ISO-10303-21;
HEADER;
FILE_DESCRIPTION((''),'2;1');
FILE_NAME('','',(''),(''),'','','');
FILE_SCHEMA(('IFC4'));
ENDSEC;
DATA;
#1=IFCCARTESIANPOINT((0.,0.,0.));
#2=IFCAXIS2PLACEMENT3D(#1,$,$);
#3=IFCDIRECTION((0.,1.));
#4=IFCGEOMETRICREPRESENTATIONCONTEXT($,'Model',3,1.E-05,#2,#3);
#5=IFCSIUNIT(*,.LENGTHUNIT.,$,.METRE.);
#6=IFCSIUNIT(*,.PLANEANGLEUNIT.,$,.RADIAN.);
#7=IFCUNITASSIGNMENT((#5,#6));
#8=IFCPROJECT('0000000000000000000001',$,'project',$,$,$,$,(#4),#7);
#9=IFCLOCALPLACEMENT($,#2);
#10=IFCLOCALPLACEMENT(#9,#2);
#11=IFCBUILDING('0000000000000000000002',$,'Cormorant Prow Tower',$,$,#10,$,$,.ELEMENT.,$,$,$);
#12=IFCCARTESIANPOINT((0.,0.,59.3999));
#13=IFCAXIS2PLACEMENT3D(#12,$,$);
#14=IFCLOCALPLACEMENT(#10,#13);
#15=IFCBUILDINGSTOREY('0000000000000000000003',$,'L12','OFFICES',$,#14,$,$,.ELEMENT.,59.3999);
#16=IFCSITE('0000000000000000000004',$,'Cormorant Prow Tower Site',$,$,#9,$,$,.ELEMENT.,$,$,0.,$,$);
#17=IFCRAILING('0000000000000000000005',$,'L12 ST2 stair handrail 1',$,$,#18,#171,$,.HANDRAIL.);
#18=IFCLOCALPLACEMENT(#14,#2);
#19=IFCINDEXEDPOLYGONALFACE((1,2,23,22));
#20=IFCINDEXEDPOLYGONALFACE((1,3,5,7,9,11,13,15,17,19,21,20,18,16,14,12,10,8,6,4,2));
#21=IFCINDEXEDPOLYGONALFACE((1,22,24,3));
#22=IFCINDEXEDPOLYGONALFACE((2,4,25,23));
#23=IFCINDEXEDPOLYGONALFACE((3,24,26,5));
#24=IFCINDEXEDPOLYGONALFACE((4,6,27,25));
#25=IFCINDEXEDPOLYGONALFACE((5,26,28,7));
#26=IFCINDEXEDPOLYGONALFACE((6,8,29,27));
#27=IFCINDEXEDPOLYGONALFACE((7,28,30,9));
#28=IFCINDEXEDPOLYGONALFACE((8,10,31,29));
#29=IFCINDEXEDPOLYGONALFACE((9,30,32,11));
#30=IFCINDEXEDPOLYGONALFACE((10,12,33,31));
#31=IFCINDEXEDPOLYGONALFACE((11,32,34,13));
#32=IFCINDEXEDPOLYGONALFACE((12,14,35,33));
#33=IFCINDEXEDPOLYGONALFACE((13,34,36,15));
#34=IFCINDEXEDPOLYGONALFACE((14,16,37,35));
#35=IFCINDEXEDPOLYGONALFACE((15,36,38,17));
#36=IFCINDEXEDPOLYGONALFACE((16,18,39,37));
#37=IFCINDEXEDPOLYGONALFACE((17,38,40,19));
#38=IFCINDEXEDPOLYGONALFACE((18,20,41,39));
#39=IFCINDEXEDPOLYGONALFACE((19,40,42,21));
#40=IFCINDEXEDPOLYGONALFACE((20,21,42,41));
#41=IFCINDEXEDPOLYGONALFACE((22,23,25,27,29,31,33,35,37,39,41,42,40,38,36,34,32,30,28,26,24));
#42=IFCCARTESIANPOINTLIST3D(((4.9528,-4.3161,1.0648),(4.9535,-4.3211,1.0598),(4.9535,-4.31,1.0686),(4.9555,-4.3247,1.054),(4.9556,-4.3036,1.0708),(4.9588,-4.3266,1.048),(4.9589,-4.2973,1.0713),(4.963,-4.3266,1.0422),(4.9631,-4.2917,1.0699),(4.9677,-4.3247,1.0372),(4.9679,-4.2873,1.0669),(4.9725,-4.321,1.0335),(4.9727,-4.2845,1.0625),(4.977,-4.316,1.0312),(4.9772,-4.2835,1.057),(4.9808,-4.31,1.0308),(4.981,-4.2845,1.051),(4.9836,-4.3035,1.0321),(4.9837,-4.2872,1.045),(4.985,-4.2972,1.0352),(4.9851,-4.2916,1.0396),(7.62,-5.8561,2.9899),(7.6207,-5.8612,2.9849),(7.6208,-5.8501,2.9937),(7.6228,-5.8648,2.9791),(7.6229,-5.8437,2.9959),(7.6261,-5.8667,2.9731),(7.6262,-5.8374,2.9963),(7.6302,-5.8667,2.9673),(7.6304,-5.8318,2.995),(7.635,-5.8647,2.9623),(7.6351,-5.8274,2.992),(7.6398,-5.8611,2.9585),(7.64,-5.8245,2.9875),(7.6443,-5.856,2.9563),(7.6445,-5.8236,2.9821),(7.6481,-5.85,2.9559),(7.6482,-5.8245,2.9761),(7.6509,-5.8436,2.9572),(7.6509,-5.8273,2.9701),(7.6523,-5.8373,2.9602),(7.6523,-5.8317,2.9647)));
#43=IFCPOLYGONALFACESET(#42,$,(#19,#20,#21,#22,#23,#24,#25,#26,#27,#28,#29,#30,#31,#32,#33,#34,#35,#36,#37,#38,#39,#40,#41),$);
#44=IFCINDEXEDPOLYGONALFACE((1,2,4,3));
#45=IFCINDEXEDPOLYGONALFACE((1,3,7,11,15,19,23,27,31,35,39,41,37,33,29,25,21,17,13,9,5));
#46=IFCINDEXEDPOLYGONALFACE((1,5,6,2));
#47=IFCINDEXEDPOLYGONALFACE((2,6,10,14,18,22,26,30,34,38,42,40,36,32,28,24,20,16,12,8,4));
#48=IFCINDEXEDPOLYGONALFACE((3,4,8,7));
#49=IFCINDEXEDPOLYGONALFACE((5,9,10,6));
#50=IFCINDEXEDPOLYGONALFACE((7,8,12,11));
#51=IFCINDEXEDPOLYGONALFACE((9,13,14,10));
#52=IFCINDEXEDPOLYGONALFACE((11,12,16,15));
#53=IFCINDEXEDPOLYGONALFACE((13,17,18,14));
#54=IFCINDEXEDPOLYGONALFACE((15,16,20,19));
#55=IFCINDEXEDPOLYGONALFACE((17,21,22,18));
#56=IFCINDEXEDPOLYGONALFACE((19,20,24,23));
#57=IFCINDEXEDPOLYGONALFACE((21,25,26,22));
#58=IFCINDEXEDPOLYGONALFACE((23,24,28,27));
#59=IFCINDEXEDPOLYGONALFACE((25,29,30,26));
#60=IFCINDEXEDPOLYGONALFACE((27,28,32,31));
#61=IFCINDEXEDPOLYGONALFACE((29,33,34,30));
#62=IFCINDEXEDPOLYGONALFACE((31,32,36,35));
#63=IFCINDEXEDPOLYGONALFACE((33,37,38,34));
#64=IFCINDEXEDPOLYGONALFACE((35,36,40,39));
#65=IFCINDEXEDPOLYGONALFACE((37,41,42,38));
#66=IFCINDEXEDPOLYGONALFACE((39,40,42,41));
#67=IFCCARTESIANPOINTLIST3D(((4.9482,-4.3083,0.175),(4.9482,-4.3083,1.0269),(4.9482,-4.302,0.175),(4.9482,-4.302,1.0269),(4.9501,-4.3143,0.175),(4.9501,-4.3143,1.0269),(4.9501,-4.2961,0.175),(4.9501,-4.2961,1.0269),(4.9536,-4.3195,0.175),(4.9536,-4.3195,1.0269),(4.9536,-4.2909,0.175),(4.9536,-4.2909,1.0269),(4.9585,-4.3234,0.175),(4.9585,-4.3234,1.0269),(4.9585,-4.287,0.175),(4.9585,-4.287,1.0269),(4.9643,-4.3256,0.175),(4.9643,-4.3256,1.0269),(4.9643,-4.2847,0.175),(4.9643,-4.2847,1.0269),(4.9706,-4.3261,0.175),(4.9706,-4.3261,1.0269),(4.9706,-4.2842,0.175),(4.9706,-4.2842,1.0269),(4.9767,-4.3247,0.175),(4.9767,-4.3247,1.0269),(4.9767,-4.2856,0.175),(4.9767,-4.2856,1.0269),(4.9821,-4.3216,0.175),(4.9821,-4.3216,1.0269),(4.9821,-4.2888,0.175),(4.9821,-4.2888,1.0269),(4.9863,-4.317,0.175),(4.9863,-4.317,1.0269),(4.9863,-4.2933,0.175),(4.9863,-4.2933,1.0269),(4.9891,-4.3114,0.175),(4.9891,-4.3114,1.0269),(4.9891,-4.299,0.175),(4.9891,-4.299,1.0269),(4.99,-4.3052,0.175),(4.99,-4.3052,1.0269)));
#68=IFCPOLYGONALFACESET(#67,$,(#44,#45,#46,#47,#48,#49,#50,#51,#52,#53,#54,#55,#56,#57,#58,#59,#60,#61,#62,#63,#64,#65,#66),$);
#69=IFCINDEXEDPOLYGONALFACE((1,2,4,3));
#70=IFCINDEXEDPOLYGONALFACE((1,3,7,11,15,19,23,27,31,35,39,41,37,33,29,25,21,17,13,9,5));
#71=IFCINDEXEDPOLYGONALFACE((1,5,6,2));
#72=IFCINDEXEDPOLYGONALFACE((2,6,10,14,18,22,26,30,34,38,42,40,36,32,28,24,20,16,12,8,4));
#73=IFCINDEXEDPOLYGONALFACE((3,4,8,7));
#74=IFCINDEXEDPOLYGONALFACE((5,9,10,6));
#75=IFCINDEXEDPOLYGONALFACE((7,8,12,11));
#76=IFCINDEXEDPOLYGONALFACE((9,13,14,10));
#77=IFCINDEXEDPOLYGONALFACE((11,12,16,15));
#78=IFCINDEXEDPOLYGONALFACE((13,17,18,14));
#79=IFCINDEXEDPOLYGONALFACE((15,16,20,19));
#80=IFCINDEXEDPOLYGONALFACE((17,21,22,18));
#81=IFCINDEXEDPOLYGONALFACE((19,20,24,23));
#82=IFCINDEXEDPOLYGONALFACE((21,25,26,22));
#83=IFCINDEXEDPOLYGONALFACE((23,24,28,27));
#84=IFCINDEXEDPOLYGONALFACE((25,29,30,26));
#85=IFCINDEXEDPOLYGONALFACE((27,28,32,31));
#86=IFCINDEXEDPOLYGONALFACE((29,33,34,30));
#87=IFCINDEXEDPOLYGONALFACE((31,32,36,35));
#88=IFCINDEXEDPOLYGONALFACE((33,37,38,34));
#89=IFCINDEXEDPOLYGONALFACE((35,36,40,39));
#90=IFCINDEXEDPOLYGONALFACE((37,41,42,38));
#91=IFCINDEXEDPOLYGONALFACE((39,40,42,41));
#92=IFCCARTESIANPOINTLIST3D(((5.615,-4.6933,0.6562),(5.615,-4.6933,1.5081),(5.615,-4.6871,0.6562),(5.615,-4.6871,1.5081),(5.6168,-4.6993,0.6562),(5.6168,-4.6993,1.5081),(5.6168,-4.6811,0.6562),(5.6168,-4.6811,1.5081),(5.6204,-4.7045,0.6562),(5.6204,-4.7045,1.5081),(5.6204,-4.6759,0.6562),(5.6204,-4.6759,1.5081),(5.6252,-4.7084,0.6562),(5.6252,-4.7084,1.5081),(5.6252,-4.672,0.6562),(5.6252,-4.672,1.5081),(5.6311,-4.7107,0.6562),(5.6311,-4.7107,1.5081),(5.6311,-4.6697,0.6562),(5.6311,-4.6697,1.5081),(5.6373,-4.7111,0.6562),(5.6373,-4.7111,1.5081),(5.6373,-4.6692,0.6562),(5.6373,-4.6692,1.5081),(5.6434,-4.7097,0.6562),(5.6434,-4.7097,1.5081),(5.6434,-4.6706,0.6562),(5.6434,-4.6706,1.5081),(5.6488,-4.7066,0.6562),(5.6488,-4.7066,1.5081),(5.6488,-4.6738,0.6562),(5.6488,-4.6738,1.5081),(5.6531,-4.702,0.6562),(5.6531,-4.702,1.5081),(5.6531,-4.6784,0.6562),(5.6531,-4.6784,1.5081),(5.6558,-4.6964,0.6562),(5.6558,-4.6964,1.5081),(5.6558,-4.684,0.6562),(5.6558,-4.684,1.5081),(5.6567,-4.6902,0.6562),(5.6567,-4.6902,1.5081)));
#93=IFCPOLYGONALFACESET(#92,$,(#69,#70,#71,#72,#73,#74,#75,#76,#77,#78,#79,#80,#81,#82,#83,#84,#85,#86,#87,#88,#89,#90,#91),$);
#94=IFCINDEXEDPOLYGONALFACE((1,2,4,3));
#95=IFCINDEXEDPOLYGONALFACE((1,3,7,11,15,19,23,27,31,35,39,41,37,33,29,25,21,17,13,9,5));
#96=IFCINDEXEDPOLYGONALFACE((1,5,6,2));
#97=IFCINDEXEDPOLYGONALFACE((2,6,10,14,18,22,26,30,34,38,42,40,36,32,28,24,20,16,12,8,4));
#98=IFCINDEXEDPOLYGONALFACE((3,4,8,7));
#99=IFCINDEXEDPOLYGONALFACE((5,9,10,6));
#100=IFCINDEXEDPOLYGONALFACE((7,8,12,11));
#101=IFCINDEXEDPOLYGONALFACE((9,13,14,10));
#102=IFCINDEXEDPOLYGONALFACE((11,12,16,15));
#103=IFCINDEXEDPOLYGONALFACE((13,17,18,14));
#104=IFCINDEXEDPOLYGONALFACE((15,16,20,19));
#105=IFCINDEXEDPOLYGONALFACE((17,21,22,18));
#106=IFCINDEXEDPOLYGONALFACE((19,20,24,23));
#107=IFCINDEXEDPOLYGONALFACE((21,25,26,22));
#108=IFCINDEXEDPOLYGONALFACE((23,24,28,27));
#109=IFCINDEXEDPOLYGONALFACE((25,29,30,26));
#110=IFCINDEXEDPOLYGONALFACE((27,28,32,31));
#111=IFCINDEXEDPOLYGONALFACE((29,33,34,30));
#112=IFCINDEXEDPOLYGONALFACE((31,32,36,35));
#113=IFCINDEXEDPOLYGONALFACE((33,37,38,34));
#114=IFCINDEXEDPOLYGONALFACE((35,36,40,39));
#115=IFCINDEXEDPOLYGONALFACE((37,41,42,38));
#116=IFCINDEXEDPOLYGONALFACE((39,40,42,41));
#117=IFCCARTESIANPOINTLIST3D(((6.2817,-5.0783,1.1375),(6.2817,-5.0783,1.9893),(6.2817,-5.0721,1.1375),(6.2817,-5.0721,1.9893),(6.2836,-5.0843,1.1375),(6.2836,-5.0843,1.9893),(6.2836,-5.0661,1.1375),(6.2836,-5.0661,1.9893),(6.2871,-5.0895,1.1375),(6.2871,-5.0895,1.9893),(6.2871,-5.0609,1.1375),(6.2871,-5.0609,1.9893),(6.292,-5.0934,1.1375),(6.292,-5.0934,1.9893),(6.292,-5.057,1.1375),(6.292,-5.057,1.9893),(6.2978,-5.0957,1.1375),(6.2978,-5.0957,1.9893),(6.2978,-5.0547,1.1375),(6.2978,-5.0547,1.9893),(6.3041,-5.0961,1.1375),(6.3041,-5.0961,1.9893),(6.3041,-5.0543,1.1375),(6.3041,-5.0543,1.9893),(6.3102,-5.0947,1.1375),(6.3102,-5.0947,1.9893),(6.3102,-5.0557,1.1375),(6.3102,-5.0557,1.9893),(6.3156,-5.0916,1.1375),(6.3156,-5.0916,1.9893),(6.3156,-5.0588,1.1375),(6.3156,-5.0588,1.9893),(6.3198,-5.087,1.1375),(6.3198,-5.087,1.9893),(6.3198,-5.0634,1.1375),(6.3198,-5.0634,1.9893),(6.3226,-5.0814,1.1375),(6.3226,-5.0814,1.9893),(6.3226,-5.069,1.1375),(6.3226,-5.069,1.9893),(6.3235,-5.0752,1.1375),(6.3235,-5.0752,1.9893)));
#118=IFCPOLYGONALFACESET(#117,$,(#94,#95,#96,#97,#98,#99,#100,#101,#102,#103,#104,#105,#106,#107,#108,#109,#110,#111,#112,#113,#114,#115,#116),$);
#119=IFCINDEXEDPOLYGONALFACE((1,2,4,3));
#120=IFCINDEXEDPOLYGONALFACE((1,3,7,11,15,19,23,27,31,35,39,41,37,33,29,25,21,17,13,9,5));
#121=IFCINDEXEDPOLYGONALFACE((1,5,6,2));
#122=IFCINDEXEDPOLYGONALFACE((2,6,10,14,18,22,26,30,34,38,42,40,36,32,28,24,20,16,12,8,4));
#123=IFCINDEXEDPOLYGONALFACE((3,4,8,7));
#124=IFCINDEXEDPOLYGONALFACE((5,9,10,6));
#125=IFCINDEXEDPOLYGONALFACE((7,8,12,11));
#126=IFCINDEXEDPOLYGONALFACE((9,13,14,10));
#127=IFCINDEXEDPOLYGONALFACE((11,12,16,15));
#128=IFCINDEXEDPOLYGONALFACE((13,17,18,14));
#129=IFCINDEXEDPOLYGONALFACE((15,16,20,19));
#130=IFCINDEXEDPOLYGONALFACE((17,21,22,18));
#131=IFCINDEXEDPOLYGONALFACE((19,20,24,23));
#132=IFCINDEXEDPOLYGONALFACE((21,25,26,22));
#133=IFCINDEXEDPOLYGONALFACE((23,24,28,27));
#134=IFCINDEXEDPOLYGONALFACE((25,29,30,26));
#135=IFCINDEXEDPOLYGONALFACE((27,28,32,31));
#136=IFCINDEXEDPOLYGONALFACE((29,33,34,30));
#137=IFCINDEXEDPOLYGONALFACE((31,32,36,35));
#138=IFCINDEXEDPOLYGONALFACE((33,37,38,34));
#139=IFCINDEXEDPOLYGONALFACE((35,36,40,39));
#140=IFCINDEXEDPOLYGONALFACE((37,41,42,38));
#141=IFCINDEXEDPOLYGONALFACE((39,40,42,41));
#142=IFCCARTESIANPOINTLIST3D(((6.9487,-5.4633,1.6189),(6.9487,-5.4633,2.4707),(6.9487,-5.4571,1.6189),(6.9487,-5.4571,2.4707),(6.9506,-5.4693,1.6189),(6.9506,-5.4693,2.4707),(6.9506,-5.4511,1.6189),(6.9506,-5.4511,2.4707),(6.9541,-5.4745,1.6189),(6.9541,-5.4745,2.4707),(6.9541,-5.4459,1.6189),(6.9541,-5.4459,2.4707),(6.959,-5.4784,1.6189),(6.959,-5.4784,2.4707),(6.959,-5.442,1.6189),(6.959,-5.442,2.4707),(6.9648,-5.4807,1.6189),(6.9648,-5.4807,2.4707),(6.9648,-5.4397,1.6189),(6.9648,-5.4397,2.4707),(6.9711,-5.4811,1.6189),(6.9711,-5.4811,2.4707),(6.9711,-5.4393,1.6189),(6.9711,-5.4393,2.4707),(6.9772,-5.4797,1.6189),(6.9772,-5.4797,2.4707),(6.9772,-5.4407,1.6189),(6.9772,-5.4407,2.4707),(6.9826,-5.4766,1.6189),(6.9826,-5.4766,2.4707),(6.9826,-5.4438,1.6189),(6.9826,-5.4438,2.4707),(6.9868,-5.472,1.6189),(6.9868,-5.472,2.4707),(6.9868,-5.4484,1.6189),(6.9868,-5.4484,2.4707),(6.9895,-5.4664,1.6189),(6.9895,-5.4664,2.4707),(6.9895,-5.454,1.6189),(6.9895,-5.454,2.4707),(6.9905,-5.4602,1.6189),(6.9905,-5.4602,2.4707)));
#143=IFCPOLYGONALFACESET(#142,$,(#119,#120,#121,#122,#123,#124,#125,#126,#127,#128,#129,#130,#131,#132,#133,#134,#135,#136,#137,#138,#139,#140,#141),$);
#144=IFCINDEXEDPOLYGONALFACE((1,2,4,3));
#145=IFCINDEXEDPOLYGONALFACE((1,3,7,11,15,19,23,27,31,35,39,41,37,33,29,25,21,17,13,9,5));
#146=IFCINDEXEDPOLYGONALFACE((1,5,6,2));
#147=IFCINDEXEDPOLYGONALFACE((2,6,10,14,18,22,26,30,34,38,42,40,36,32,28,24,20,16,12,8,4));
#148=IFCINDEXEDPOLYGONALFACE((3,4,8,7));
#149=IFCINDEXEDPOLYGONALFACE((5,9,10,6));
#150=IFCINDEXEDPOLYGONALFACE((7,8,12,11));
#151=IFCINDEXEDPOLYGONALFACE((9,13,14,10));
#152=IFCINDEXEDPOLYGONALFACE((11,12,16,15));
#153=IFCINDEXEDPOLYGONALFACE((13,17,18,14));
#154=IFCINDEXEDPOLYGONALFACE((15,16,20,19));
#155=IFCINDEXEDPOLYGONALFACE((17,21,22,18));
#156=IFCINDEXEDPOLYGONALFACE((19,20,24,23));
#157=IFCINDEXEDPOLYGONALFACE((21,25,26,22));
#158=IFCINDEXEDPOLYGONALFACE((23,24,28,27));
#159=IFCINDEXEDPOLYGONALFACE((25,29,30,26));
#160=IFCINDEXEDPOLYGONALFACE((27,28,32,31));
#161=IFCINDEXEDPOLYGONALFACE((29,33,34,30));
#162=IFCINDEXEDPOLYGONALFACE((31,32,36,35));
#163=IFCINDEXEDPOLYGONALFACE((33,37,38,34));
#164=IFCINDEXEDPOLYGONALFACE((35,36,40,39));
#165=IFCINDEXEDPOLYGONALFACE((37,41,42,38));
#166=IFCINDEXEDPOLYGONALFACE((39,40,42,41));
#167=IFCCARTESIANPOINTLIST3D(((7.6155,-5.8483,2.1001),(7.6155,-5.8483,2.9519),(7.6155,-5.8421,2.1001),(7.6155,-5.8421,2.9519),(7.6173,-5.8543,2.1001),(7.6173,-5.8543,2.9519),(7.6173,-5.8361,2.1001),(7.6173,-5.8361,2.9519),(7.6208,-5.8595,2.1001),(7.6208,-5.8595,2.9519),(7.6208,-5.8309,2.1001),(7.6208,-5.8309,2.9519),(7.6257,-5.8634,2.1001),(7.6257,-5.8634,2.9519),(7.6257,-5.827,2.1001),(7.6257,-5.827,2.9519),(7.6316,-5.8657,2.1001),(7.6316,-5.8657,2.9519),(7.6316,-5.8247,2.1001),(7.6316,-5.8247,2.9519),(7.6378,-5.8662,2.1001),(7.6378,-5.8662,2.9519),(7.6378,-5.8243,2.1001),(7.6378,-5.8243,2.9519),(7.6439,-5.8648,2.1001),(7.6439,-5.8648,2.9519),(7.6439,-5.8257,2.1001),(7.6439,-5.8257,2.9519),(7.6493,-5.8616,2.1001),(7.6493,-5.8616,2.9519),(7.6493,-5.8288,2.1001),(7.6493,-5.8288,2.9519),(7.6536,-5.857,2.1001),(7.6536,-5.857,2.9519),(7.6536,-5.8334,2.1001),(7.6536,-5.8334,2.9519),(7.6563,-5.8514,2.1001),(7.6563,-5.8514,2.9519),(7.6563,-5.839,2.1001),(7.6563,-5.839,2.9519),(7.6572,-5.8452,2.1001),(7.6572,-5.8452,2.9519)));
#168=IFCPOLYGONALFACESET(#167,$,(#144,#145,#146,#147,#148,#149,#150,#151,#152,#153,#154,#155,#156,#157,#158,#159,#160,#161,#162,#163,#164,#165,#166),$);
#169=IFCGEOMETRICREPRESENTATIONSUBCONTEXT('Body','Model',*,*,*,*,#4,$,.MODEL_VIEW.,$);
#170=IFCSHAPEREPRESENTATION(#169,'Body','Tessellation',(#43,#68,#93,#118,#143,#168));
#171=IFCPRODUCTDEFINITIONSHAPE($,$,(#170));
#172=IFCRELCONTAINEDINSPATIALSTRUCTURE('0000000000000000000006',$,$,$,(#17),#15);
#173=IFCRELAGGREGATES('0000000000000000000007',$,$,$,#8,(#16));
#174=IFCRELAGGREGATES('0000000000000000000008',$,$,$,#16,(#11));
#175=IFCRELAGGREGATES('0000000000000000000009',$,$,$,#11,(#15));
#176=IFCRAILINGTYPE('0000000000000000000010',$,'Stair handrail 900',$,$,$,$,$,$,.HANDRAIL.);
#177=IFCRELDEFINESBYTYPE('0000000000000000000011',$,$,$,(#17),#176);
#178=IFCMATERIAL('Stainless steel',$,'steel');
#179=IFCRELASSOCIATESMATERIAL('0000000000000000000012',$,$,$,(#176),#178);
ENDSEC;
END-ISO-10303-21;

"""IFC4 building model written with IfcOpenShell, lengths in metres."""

from ifc_helpers import new_model, si_unit, direction, frame, origin, origin_2d, place, context, subcontext, project, spatial, circle, extrude, material, type_object, element, save


model = new_model("IFC4")

# Units and contexts
model_context = context("Model", 3, precision=1e-05, world=origin(), true_north=direction((0.0, 1.0)))
body_context = subcontext(model_context, "Body", "Model", "MODEL_VIEW")
ifc_project = project(units=[si_unit("LENGTHUNIT", "METRE"), si_unit("PLANEANGLEUNIT", "RADIAN")], contexts=[model_context])

# Site, building, storey
site_placement = place(None, origin())
site = spatial("IfcSite", under=ifc_project, at=site_placement, Name="Cormorant Prow Tower Site", CompositionType="ELEMENT", RefElevation=0.0)
building_placement = place(site_placement, origin())
building = spatial("IfcBuilding", under=site, at=building_placement, Name="Cormorant Prow Tower", CompositionType="ELEMENT")
storey_placement = place(building_placement, frame((0.0, 0.0, 59.3999)))
storey = spatial("IfcBuildingStorey", under=building, at=storey_placement, Name="L12", Description="OFFICES", CompositionType="ELEMENT", Elevation=59.3999)

# Railing
ifc_material_1 = material(Name="Stainless steel", Category="steel")
railing_type_1 = type_object("IfcRailingType", Name="Stair handrail 900", PredefinedType="HANDRAIL", material=ifc_material_1)
railing_1_placement = place(storey_placement, frame((4.969, -4.3052, 0.175)))
element("IfcRailing", 1, at=railing_1_placement, inside=storey, type_object=railing_type_1, Name="L12 ST2 stair handrail 1", PredefinedType="HANDRAIL", context=body_context, shape_type="SweptSolid", body=[
    extrude(circle(Radius=0.0239, at=origin_2d()), frame((0.0, 0.0, 0.876), z_axis=(0.734364, -0.424015, 0.530019), x_axis=(0.500027, 0.86601, 0.0)), (0.0, 0.0, 1.0), 3.6321),
    extrude(circle(Radius=0.021, at=origin_2d()), origin(), (0.0, 0.0, 1.0), 0.8518),
    extrude(circle(Radius=0.021, at=origin_2d()), frame((0.6667, -0.385, 0.4812)), (0.0, 0.0, 1.0), 0.8518),
    extrude(circle(Radius=0.021, at=origin_2d()), frame((1.3335, -0.77, 0.9624)), (0.0, 0.0, 1.0), 0.8518),
    extrude(circle(Radius=0.021, at=origin_2d()), frame((2.0005, -1.155, 1.4438)), (0.0, 0.0, 1.0), 0.8518),
    extrude(circle(Radius=0.021, at=origin_2d()), frame((2.6672, -1.54, 1.925)), (0.0, 0.0, 1.0), 0.8518),
])

save(model, "model.ifc")
